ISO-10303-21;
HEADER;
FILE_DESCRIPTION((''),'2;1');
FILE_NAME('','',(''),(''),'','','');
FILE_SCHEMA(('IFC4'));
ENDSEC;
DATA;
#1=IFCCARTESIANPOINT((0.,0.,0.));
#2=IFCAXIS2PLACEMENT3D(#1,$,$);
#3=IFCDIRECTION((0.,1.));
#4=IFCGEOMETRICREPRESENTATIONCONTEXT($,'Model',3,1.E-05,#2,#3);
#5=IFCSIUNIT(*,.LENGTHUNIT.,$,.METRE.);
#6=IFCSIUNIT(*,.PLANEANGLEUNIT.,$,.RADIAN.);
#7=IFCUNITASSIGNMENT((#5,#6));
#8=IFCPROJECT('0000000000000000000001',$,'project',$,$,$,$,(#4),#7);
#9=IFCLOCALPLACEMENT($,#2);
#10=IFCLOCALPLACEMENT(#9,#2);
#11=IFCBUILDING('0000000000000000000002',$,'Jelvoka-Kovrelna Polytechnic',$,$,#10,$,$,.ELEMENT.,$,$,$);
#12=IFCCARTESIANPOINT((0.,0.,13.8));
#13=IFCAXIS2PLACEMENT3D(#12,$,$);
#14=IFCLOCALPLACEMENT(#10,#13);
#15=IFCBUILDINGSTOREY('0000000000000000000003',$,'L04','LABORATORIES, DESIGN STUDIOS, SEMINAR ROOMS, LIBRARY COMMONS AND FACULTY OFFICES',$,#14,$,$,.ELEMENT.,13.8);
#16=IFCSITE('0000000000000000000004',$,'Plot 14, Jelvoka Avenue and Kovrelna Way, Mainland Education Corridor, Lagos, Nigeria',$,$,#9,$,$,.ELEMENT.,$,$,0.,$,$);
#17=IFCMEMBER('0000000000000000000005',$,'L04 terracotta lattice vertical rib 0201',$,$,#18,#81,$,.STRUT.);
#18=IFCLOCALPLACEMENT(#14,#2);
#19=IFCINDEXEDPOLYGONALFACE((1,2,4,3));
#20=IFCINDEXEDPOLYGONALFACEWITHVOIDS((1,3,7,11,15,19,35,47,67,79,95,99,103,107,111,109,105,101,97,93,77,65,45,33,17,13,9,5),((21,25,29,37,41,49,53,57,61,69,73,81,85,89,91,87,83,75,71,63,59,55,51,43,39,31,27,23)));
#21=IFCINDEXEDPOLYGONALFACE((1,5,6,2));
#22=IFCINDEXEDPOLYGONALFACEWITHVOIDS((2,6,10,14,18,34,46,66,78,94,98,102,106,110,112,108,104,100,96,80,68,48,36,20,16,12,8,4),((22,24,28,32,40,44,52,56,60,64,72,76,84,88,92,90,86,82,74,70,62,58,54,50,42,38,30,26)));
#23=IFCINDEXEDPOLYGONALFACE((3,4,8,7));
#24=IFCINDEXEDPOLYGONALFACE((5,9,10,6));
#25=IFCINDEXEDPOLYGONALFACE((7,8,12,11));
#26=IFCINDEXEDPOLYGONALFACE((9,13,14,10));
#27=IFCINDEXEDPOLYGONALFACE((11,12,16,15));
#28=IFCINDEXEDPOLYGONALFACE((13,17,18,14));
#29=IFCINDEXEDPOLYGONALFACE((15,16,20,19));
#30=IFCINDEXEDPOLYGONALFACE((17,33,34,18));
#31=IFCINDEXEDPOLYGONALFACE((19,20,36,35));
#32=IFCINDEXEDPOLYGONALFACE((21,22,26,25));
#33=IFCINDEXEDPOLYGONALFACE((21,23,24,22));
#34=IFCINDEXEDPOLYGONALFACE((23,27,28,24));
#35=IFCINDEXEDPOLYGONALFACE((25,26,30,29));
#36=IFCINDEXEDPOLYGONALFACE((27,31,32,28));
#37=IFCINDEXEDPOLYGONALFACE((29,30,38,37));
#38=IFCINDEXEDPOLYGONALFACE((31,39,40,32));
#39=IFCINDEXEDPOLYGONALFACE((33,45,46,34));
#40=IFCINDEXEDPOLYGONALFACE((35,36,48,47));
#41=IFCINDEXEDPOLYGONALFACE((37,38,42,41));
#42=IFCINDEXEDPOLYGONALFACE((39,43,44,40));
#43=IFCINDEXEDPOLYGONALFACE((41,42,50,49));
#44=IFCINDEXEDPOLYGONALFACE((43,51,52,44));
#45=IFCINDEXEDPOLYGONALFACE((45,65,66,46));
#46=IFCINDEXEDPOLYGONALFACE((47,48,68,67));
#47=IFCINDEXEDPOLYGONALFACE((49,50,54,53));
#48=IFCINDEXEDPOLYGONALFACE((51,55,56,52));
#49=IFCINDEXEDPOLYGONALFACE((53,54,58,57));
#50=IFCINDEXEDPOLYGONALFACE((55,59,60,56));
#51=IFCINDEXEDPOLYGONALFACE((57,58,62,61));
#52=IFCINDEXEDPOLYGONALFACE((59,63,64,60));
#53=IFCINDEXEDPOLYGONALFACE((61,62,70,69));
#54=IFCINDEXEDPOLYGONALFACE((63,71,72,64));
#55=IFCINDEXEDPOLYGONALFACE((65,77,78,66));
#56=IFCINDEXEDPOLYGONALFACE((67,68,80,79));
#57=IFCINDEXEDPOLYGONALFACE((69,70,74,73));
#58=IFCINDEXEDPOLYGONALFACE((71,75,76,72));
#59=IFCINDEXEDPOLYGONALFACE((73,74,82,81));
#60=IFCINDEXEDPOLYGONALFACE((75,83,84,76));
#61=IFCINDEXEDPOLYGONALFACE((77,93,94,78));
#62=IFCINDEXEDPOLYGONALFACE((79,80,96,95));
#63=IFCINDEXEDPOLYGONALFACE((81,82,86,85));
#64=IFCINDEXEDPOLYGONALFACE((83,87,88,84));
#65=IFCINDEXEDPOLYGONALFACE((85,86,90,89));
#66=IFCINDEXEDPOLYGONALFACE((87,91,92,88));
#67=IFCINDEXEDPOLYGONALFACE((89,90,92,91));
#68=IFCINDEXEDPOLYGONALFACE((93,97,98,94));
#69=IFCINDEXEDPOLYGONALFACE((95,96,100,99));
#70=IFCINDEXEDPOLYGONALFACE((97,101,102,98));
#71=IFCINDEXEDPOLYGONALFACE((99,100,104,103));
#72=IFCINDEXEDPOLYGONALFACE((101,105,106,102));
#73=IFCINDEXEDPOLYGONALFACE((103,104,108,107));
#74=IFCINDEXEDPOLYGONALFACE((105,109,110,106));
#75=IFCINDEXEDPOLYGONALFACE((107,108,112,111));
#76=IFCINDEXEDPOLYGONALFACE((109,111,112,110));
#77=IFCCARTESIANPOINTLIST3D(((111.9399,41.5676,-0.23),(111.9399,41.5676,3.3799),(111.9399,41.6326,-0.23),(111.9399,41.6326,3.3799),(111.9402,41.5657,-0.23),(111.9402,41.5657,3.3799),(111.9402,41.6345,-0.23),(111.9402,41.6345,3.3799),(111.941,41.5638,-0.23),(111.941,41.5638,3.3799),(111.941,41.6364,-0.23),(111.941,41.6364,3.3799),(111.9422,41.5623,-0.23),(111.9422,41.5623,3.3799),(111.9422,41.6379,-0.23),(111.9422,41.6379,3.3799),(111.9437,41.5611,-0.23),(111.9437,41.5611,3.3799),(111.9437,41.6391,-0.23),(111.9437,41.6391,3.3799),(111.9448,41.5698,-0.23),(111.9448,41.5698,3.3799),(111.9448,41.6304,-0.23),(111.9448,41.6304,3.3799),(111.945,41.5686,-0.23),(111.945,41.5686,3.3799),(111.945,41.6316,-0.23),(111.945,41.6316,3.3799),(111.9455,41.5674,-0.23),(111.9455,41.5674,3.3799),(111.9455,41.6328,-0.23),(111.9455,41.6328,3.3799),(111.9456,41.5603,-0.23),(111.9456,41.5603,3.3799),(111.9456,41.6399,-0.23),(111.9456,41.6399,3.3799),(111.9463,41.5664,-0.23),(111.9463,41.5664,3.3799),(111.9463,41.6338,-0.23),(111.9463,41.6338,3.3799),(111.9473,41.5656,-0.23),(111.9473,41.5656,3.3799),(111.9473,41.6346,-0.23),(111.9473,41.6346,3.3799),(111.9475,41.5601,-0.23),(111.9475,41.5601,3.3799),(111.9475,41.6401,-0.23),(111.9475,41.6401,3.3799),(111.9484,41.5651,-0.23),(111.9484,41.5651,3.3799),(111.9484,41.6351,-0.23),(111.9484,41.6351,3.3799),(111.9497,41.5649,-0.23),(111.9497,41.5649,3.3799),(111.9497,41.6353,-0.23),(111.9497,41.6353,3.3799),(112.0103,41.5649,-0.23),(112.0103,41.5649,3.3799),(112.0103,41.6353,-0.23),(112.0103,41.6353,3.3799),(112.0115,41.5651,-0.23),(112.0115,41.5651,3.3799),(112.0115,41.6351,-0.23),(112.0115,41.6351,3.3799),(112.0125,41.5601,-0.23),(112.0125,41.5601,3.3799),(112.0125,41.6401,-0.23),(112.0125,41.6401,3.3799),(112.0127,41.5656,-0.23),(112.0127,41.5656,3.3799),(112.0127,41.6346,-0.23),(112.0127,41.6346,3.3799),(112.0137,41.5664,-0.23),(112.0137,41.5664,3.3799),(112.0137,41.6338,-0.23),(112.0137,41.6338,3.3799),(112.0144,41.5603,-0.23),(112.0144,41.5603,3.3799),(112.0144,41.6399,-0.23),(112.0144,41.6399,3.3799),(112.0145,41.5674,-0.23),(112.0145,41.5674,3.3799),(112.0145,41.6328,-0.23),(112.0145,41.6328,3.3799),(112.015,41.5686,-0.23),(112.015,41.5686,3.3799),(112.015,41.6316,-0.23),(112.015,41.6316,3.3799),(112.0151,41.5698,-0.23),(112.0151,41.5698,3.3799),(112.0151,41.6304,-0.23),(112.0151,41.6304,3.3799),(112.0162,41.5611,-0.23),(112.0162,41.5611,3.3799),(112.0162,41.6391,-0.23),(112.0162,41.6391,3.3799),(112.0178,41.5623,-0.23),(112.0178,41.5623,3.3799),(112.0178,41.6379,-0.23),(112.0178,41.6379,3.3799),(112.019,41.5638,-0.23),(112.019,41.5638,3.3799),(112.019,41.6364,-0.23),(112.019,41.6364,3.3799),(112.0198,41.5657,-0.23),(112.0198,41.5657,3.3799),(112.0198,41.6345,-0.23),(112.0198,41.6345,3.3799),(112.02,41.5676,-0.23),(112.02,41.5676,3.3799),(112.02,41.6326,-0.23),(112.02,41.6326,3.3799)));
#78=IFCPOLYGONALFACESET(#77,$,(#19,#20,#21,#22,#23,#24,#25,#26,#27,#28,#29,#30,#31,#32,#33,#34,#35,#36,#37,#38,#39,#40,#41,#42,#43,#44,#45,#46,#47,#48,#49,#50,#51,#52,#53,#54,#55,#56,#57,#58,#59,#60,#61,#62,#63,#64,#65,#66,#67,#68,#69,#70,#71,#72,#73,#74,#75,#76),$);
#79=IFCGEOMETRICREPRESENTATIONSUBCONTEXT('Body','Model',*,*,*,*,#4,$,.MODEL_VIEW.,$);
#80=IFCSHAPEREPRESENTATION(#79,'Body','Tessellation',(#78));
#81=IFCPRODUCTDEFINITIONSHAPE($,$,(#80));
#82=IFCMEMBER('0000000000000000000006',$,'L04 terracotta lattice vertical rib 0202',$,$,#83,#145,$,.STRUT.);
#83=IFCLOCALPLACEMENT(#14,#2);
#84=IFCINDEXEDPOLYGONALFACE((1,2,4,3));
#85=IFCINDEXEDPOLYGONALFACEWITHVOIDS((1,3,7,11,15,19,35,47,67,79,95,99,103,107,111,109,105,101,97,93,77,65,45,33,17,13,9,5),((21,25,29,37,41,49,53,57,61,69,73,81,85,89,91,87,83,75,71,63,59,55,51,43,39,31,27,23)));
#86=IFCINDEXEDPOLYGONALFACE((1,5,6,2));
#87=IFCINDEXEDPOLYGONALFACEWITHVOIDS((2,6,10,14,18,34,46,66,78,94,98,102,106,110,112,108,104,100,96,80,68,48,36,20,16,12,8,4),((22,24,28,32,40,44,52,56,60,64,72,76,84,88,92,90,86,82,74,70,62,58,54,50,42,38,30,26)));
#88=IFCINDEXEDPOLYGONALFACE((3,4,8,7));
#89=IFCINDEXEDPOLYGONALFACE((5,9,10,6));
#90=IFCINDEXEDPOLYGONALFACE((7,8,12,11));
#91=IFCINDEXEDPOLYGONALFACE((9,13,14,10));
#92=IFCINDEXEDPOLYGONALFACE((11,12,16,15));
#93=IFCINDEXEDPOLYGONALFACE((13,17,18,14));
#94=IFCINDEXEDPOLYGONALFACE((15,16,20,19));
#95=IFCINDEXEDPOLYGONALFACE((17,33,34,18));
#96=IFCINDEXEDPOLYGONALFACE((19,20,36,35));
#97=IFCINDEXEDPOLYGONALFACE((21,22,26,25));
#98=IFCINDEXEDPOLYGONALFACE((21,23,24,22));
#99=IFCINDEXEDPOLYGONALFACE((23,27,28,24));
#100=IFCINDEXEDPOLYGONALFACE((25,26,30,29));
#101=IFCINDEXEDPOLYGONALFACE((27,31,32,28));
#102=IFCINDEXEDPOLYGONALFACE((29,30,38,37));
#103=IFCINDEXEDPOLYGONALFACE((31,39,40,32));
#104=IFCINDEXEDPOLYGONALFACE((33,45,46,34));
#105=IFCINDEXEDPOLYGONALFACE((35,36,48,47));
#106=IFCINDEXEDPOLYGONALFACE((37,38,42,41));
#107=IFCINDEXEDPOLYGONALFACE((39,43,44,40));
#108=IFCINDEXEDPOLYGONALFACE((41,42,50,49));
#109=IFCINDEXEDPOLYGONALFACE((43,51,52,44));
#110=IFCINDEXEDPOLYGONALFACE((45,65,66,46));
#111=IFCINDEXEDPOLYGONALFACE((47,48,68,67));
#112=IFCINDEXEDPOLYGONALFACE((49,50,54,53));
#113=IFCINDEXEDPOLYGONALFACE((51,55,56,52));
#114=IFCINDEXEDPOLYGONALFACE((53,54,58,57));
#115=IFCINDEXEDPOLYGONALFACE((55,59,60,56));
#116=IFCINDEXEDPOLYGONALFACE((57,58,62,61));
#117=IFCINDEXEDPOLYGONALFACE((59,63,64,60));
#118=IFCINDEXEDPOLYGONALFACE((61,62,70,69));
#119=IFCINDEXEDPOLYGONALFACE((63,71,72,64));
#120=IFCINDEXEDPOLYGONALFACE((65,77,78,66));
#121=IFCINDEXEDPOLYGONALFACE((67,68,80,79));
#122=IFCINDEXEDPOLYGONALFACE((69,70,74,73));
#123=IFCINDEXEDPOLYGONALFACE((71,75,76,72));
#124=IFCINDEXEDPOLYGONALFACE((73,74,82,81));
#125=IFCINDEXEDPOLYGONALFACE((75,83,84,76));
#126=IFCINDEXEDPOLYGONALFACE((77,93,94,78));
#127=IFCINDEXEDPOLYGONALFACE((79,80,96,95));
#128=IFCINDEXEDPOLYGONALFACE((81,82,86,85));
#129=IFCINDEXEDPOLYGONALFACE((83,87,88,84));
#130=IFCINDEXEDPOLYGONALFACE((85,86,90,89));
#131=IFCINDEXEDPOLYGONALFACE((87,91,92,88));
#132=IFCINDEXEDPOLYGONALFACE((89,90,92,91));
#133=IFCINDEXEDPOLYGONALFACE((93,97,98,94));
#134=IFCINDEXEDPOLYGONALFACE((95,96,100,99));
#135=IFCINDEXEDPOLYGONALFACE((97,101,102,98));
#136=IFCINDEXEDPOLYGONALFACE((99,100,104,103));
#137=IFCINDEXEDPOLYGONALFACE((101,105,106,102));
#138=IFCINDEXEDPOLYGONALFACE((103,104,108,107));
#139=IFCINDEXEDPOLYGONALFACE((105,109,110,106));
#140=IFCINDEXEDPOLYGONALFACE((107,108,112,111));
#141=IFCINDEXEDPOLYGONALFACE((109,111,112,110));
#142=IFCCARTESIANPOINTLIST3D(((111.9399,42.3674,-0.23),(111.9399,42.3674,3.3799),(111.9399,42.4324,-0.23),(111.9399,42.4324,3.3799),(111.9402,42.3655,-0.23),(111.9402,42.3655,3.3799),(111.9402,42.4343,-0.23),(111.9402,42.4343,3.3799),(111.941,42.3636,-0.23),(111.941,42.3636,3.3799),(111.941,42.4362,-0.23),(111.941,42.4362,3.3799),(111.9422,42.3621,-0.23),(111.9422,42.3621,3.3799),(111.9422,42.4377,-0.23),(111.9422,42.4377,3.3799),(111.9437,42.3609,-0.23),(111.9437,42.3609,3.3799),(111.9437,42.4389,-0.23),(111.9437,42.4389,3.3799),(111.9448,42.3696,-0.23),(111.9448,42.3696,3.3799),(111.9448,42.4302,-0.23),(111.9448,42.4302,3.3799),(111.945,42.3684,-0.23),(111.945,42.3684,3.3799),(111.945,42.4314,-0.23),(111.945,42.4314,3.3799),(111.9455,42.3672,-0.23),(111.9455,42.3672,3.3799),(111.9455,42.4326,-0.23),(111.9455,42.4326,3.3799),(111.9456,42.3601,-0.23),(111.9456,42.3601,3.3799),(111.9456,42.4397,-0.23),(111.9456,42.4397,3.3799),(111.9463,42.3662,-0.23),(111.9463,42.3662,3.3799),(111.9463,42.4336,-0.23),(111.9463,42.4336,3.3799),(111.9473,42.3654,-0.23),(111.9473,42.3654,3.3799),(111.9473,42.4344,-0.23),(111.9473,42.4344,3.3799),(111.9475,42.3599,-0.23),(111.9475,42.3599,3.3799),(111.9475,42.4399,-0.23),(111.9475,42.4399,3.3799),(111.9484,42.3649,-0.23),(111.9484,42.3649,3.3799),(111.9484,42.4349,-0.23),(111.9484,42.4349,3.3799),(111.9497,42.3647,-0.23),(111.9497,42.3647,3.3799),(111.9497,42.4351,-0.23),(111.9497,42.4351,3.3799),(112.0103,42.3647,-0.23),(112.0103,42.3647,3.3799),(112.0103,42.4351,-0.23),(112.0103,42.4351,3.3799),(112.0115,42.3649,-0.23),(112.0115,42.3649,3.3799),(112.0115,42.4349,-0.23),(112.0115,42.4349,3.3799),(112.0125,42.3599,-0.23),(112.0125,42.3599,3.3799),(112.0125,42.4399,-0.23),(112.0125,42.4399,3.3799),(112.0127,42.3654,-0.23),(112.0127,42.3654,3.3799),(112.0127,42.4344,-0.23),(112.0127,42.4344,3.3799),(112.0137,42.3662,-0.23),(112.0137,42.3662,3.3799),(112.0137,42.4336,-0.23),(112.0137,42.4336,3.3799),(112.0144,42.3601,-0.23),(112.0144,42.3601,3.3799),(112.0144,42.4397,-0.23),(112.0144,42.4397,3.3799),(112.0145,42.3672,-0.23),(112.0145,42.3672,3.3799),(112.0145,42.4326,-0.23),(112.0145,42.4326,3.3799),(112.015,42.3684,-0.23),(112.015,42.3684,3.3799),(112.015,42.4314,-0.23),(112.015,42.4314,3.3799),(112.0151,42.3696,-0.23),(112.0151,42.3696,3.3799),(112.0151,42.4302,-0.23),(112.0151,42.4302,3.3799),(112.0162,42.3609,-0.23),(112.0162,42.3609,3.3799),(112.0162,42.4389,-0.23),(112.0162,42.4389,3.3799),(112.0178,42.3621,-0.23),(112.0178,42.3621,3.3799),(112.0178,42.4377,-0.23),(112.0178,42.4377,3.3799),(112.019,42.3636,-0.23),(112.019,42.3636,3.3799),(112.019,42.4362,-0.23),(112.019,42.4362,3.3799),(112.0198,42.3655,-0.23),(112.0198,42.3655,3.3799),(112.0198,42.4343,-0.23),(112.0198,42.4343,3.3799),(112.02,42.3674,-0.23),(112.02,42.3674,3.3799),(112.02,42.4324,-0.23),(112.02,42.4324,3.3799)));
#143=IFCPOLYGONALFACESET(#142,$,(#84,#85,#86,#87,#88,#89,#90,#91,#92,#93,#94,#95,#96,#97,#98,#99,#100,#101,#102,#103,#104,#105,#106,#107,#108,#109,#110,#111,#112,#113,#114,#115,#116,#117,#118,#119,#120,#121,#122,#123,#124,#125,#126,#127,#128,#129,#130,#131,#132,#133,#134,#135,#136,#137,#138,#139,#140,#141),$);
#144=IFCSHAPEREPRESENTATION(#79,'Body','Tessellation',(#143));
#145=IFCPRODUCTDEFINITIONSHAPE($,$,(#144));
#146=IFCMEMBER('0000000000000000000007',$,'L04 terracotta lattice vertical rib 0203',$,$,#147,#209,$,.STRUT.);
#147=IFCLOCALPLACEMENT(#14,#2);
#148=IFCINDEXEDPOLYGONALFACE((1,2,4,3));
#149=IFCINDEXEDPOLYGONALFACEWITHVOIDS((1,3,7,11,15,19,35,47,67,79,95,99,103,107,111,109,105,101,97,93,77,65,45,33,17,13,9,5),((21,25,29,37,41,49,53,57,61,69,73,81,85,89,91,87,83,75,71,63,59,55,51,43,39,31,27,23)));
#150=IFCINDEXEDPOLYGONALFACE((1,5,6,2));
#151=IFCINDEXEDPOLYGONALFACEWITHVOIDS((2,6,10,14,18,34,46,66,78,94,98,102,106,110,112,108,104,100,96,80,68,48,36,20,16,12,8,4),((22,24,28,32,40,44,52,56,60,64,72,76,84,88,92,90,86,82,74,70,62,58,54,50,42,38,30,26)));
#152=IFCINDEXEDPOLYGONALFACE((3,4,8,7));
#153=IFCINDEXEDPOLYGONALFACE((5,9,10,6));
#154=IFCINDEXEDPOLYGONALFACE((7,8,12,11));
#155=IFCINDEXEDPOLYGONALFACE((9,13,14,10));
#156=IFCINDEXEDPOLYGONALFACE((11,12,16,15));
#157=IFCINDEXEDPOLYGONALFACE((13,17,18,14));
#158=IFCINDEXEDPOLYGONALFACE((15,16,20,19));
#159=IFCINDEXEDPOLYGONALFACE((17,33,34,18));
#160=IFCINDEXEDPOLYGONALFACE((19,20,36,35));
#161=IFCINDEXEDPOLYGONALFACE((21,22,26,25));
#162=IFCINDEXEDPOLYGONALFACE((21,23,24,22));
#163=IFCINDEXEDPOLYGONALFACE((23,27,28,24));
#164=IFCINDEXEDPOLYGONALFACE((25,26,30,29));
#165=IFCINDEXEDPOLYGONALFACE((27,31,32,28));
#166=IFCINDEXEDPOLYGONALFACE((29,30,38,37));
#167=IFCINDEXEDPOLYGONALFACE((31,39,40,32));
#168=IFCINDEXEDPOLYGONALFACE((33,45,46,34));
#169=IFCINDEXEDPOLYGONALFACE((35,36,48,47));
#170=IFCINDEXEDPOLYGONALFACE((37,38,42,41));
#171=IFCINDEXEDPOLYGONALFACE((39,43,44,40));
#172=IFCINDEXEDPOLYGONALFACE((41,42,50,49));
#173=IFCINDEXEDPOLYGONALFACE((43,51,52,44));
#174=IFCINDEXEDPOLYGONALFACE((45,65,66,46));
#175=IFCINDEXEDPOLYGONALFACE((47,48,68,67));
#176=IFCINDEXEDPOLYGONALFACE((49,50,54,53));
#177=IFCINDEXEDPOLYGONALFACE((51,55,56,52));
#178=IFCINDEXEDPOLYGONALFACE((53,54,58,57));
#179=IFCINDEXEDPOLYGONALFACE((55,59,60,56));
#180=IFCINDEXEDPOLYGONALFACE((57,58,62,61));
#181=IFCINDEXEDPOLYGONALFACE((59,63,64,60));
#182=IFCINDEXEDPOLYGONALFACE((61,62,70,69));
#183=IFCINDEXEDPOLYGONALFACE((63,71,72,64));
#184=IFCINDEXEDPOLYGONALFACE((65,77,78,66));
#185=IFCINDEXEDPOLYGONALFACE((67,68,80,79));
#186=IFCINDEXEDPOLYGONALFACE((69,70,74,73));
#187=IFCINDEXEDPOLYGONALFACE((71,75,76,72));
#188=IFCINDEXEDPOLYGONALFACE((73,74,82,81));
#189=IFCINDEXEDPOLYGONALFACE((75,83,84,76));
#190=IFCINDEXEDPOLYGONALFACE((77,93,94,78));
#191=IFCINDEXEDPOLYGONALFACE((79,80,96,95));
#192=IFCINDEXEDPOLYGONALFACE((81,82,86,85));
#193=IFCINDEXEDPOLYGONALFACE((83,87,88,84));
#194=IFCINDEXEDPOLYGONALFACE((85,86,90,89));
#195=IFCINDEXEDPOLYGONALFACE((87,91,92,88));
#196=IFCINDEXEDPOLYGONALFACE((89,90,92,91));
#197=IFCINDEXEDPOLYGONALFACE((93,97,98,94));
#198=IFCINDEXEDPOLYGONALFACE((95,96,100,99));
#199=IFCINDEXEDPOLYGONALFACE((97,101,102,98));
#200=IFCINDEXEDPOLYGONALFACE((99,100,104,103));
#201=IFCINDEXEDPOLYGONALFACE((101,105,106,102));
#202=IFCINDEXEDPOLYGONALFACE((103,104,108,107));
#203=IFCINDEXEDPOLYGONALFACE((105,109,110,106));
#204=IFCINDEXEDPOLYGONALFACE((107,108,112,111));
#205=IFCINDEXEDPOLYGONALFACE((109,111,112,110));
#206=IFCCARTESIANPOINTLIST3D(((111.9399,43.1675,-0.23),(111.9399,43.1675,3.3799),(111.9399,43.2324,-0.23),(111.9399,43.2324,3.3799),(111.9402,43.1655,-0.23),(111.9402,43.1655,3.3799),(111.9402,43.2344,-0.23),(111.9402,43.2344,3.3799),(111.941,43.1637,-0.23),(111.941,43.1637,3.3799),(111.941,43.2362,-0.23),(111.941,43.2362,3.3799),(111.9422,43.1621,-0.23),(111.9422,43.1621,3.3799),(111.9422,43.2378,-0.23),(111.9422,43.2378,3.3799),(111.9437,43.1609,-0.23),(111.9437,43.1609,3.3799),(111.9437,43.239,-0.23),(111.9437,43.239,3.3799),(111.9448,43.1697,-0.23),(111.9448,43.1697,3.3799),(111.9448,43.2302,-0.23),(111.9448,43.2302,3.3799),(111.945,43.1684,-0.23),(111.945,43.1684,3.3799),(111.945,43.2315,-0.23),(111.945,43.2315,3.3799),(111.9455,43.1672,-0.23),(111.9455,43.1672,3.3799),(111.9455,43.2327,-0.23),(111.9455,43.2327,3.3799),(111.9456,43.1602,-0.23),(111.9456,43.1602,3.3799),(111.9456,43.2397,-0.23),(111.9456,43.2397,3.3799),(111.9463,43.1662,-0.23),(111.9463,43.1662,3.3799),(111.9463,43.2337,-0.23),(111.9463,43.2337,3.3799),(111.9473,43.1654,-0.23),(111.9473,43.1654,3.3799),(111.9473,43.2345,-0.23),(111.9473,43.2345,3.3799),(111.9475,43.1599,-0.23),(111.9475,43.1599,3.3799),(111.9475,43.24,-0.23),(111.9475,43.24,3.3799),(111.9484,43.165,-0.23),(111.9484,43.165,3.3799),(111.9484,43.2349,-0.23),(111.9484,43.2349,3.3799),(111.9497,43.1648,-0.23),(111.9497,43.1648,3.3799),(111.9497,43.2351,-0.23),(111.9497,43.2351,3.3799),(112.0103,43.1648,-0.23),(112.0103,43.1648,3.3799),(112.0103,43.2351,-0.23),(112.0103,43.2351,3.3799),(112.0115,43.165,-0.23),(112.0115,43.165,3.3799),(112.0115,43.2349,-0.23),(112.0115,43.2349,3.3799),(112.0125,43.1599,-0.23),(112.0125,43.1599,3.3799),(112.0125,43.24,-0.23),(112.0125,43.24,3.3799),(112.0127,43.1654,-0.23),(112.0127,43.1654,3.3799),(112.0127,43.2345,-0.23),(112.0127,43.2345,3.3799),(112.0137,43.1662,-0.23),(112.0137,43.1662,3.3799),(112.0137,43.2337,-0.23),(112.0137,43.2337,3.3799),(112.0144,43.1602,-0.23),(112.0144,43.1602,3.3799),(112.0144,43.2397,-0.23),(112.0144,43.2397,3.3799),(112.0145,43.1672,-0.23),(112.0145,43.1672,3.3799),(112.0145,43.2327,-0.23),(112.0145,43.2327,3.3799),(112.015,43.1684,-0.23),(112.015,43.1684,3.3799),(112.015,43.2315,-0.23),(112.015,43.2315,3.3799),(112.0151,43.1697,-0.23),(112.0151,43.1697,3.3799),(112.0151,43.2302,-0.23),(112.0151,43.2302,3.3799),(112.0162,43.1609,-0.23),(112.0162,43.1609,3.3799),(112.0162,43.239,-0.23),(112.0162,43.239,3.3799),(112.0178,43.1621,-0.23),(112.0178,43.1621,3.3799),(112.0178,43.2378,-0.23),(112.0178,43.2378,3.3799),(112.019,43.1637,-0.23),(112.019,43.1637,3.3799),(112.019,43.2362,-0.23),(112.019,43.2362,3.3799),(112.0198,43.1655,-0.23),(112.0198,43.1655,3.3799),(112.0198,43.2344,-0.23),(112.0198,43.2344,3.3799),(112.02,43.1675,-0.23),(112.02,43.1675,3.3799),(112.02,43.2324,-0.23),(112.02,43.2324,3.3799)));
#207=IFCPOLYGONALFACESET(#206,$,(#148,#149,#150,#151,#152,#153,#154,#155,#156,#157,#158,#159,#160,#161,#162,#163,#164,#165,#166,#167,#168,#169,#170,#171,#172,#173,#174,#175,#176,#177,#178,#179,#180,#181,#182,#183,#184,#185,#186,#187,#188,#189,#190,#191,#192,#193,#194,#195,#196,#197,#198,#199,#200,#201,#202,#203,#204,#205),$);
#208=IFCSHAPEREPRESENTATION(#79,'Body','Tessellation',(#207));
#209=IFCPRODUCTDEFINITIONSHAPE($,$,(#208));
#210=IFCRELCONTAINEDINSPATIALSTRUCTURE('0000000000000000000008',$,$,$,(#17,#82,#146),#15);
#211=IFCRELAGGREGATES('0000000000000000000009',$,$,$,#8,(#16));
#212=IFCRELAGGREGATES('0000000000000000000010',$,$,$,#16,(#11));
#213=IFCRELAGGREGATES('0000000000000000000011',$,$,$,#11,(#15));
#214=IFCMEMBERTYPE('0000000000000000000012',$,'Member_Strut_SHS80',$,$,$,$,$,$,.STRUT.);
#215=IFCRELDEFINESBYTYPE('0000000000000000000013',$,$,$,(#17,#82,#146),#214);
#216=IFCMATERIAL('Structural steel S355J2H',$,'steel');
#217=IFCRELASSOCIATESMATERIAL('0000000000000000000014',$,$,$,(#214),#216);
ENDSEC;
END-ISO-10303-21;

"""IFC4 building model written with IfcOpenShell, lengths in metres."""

from ifc_helpers import new_model, si_unit, direction, frame, origin, origin_2d, place, context, subcontext, project, spatial, hollow_rectangle, extrude, material, material_profile, profile_set, type_object, element, save


model = new_model("IFC4")

# Units and contexts
model_context = context("Model", 3, precision=1e-05, world=origin(), true_north=direction((0.0, 1.0)))
body_context = subcontext(model_context, "Body", "Model", "MODEL_VIEW")
ifc_project = project(units=[si_unit("LENGTHUNIT", "METRE"), si_unit("PLANEANGLEUNIT", "RADIAN")], contexts=[model_context])

# Site, building, storey
site_placement = place(None, origin())
site = spatial("IfcSite", under=ifc_project, at=site_placement, Name="Plot 14, Jelvoka Avenue and Kovrelna Way, Mainland Education Corridor, Lagos, Nigeria", CompositionType="ELEMENT", RefElevation=0.0)
building_placement = place(site_placement, origin())
building = spatial("IfcBuilding", under=site, at=building_placement, Name="Jelvoka-Kovrelna Polytechnic", CompositionType="ELEMENT")
storey_placement = place(building_placement, frame((0.0, 0.0, 13.8)))
storey = spatial("IfcBuildingStorey", under=building, at=storey_placement, Name="L04", Description="LABORATORIES, DESIGN STUDIOS, SEMINAR ROOMS, LIBRARY COMMONS AND FACULTY OFFICES", CompositionType="ELEMENT", Elevation=13.8)

# Members
ifc_material_1 = material(Name="Structural steel S355J2H", Category="steel")
ifc_material_profile_1 = material_profile(ifc_material_1, hollow_rectangle(XDim=0.0801, YDim=0.0801, WallThickness=0.0049, InnerFilletRadius=0.0049, OuterFilletRadius=0.0076, at=origin_2d()), Name="80x80x5.0 SHS")
ifc_profile_set_1 = profile_set([ifc_material_profile_1], Name="Structural steel S355J2H")
member_type_1 = type_object("IfcMemberType", Name="Member_Strut_SHS80", PredefinedType="STRUT", material=ifc_profile_set_1)
for number, where, z_axis, x_axis, name in (
    (1, (111.98, 41.6001, -0.23), (0.0, 0.0, 1.0), (1.0, 0.0, 0.0), "L04 terracotta lattice vertical rib 0201"),
    (2, (111.98, 42.3999, -0.23), (0.0, 0.0, 1.0), (1.0, 0.0, 0.0), "L04 terracotta lattice vertical rib 0202"),
    (3, (111.98, 43.2, -0.23), (0.0, 0.0, 1.0), (1.0, 0.0, 0.0), "L04 terracotta lattice vertical rib 0203"),
):
    element("IfcMember", number, at=place(storey_placement, frame(where, z_axis=z_axis, x_axis=x_axis)), inside=storey, type_object=member_type_1, Name=name, PredefinedType="STRUT", context=body_context, shape_type="SweptSolid", body=[
        extrude(hollow_rectangle(XDim=0.0801, YDim=0.0801, WallThickness=0.0049, InnerFilletRadius=0.0049, OuterFilletRadius=0.0076, at=origin_2d()), origin(), (0.0, 0.0, 1.0), 3.6099),
    ])

save(model, "model.ifc")
